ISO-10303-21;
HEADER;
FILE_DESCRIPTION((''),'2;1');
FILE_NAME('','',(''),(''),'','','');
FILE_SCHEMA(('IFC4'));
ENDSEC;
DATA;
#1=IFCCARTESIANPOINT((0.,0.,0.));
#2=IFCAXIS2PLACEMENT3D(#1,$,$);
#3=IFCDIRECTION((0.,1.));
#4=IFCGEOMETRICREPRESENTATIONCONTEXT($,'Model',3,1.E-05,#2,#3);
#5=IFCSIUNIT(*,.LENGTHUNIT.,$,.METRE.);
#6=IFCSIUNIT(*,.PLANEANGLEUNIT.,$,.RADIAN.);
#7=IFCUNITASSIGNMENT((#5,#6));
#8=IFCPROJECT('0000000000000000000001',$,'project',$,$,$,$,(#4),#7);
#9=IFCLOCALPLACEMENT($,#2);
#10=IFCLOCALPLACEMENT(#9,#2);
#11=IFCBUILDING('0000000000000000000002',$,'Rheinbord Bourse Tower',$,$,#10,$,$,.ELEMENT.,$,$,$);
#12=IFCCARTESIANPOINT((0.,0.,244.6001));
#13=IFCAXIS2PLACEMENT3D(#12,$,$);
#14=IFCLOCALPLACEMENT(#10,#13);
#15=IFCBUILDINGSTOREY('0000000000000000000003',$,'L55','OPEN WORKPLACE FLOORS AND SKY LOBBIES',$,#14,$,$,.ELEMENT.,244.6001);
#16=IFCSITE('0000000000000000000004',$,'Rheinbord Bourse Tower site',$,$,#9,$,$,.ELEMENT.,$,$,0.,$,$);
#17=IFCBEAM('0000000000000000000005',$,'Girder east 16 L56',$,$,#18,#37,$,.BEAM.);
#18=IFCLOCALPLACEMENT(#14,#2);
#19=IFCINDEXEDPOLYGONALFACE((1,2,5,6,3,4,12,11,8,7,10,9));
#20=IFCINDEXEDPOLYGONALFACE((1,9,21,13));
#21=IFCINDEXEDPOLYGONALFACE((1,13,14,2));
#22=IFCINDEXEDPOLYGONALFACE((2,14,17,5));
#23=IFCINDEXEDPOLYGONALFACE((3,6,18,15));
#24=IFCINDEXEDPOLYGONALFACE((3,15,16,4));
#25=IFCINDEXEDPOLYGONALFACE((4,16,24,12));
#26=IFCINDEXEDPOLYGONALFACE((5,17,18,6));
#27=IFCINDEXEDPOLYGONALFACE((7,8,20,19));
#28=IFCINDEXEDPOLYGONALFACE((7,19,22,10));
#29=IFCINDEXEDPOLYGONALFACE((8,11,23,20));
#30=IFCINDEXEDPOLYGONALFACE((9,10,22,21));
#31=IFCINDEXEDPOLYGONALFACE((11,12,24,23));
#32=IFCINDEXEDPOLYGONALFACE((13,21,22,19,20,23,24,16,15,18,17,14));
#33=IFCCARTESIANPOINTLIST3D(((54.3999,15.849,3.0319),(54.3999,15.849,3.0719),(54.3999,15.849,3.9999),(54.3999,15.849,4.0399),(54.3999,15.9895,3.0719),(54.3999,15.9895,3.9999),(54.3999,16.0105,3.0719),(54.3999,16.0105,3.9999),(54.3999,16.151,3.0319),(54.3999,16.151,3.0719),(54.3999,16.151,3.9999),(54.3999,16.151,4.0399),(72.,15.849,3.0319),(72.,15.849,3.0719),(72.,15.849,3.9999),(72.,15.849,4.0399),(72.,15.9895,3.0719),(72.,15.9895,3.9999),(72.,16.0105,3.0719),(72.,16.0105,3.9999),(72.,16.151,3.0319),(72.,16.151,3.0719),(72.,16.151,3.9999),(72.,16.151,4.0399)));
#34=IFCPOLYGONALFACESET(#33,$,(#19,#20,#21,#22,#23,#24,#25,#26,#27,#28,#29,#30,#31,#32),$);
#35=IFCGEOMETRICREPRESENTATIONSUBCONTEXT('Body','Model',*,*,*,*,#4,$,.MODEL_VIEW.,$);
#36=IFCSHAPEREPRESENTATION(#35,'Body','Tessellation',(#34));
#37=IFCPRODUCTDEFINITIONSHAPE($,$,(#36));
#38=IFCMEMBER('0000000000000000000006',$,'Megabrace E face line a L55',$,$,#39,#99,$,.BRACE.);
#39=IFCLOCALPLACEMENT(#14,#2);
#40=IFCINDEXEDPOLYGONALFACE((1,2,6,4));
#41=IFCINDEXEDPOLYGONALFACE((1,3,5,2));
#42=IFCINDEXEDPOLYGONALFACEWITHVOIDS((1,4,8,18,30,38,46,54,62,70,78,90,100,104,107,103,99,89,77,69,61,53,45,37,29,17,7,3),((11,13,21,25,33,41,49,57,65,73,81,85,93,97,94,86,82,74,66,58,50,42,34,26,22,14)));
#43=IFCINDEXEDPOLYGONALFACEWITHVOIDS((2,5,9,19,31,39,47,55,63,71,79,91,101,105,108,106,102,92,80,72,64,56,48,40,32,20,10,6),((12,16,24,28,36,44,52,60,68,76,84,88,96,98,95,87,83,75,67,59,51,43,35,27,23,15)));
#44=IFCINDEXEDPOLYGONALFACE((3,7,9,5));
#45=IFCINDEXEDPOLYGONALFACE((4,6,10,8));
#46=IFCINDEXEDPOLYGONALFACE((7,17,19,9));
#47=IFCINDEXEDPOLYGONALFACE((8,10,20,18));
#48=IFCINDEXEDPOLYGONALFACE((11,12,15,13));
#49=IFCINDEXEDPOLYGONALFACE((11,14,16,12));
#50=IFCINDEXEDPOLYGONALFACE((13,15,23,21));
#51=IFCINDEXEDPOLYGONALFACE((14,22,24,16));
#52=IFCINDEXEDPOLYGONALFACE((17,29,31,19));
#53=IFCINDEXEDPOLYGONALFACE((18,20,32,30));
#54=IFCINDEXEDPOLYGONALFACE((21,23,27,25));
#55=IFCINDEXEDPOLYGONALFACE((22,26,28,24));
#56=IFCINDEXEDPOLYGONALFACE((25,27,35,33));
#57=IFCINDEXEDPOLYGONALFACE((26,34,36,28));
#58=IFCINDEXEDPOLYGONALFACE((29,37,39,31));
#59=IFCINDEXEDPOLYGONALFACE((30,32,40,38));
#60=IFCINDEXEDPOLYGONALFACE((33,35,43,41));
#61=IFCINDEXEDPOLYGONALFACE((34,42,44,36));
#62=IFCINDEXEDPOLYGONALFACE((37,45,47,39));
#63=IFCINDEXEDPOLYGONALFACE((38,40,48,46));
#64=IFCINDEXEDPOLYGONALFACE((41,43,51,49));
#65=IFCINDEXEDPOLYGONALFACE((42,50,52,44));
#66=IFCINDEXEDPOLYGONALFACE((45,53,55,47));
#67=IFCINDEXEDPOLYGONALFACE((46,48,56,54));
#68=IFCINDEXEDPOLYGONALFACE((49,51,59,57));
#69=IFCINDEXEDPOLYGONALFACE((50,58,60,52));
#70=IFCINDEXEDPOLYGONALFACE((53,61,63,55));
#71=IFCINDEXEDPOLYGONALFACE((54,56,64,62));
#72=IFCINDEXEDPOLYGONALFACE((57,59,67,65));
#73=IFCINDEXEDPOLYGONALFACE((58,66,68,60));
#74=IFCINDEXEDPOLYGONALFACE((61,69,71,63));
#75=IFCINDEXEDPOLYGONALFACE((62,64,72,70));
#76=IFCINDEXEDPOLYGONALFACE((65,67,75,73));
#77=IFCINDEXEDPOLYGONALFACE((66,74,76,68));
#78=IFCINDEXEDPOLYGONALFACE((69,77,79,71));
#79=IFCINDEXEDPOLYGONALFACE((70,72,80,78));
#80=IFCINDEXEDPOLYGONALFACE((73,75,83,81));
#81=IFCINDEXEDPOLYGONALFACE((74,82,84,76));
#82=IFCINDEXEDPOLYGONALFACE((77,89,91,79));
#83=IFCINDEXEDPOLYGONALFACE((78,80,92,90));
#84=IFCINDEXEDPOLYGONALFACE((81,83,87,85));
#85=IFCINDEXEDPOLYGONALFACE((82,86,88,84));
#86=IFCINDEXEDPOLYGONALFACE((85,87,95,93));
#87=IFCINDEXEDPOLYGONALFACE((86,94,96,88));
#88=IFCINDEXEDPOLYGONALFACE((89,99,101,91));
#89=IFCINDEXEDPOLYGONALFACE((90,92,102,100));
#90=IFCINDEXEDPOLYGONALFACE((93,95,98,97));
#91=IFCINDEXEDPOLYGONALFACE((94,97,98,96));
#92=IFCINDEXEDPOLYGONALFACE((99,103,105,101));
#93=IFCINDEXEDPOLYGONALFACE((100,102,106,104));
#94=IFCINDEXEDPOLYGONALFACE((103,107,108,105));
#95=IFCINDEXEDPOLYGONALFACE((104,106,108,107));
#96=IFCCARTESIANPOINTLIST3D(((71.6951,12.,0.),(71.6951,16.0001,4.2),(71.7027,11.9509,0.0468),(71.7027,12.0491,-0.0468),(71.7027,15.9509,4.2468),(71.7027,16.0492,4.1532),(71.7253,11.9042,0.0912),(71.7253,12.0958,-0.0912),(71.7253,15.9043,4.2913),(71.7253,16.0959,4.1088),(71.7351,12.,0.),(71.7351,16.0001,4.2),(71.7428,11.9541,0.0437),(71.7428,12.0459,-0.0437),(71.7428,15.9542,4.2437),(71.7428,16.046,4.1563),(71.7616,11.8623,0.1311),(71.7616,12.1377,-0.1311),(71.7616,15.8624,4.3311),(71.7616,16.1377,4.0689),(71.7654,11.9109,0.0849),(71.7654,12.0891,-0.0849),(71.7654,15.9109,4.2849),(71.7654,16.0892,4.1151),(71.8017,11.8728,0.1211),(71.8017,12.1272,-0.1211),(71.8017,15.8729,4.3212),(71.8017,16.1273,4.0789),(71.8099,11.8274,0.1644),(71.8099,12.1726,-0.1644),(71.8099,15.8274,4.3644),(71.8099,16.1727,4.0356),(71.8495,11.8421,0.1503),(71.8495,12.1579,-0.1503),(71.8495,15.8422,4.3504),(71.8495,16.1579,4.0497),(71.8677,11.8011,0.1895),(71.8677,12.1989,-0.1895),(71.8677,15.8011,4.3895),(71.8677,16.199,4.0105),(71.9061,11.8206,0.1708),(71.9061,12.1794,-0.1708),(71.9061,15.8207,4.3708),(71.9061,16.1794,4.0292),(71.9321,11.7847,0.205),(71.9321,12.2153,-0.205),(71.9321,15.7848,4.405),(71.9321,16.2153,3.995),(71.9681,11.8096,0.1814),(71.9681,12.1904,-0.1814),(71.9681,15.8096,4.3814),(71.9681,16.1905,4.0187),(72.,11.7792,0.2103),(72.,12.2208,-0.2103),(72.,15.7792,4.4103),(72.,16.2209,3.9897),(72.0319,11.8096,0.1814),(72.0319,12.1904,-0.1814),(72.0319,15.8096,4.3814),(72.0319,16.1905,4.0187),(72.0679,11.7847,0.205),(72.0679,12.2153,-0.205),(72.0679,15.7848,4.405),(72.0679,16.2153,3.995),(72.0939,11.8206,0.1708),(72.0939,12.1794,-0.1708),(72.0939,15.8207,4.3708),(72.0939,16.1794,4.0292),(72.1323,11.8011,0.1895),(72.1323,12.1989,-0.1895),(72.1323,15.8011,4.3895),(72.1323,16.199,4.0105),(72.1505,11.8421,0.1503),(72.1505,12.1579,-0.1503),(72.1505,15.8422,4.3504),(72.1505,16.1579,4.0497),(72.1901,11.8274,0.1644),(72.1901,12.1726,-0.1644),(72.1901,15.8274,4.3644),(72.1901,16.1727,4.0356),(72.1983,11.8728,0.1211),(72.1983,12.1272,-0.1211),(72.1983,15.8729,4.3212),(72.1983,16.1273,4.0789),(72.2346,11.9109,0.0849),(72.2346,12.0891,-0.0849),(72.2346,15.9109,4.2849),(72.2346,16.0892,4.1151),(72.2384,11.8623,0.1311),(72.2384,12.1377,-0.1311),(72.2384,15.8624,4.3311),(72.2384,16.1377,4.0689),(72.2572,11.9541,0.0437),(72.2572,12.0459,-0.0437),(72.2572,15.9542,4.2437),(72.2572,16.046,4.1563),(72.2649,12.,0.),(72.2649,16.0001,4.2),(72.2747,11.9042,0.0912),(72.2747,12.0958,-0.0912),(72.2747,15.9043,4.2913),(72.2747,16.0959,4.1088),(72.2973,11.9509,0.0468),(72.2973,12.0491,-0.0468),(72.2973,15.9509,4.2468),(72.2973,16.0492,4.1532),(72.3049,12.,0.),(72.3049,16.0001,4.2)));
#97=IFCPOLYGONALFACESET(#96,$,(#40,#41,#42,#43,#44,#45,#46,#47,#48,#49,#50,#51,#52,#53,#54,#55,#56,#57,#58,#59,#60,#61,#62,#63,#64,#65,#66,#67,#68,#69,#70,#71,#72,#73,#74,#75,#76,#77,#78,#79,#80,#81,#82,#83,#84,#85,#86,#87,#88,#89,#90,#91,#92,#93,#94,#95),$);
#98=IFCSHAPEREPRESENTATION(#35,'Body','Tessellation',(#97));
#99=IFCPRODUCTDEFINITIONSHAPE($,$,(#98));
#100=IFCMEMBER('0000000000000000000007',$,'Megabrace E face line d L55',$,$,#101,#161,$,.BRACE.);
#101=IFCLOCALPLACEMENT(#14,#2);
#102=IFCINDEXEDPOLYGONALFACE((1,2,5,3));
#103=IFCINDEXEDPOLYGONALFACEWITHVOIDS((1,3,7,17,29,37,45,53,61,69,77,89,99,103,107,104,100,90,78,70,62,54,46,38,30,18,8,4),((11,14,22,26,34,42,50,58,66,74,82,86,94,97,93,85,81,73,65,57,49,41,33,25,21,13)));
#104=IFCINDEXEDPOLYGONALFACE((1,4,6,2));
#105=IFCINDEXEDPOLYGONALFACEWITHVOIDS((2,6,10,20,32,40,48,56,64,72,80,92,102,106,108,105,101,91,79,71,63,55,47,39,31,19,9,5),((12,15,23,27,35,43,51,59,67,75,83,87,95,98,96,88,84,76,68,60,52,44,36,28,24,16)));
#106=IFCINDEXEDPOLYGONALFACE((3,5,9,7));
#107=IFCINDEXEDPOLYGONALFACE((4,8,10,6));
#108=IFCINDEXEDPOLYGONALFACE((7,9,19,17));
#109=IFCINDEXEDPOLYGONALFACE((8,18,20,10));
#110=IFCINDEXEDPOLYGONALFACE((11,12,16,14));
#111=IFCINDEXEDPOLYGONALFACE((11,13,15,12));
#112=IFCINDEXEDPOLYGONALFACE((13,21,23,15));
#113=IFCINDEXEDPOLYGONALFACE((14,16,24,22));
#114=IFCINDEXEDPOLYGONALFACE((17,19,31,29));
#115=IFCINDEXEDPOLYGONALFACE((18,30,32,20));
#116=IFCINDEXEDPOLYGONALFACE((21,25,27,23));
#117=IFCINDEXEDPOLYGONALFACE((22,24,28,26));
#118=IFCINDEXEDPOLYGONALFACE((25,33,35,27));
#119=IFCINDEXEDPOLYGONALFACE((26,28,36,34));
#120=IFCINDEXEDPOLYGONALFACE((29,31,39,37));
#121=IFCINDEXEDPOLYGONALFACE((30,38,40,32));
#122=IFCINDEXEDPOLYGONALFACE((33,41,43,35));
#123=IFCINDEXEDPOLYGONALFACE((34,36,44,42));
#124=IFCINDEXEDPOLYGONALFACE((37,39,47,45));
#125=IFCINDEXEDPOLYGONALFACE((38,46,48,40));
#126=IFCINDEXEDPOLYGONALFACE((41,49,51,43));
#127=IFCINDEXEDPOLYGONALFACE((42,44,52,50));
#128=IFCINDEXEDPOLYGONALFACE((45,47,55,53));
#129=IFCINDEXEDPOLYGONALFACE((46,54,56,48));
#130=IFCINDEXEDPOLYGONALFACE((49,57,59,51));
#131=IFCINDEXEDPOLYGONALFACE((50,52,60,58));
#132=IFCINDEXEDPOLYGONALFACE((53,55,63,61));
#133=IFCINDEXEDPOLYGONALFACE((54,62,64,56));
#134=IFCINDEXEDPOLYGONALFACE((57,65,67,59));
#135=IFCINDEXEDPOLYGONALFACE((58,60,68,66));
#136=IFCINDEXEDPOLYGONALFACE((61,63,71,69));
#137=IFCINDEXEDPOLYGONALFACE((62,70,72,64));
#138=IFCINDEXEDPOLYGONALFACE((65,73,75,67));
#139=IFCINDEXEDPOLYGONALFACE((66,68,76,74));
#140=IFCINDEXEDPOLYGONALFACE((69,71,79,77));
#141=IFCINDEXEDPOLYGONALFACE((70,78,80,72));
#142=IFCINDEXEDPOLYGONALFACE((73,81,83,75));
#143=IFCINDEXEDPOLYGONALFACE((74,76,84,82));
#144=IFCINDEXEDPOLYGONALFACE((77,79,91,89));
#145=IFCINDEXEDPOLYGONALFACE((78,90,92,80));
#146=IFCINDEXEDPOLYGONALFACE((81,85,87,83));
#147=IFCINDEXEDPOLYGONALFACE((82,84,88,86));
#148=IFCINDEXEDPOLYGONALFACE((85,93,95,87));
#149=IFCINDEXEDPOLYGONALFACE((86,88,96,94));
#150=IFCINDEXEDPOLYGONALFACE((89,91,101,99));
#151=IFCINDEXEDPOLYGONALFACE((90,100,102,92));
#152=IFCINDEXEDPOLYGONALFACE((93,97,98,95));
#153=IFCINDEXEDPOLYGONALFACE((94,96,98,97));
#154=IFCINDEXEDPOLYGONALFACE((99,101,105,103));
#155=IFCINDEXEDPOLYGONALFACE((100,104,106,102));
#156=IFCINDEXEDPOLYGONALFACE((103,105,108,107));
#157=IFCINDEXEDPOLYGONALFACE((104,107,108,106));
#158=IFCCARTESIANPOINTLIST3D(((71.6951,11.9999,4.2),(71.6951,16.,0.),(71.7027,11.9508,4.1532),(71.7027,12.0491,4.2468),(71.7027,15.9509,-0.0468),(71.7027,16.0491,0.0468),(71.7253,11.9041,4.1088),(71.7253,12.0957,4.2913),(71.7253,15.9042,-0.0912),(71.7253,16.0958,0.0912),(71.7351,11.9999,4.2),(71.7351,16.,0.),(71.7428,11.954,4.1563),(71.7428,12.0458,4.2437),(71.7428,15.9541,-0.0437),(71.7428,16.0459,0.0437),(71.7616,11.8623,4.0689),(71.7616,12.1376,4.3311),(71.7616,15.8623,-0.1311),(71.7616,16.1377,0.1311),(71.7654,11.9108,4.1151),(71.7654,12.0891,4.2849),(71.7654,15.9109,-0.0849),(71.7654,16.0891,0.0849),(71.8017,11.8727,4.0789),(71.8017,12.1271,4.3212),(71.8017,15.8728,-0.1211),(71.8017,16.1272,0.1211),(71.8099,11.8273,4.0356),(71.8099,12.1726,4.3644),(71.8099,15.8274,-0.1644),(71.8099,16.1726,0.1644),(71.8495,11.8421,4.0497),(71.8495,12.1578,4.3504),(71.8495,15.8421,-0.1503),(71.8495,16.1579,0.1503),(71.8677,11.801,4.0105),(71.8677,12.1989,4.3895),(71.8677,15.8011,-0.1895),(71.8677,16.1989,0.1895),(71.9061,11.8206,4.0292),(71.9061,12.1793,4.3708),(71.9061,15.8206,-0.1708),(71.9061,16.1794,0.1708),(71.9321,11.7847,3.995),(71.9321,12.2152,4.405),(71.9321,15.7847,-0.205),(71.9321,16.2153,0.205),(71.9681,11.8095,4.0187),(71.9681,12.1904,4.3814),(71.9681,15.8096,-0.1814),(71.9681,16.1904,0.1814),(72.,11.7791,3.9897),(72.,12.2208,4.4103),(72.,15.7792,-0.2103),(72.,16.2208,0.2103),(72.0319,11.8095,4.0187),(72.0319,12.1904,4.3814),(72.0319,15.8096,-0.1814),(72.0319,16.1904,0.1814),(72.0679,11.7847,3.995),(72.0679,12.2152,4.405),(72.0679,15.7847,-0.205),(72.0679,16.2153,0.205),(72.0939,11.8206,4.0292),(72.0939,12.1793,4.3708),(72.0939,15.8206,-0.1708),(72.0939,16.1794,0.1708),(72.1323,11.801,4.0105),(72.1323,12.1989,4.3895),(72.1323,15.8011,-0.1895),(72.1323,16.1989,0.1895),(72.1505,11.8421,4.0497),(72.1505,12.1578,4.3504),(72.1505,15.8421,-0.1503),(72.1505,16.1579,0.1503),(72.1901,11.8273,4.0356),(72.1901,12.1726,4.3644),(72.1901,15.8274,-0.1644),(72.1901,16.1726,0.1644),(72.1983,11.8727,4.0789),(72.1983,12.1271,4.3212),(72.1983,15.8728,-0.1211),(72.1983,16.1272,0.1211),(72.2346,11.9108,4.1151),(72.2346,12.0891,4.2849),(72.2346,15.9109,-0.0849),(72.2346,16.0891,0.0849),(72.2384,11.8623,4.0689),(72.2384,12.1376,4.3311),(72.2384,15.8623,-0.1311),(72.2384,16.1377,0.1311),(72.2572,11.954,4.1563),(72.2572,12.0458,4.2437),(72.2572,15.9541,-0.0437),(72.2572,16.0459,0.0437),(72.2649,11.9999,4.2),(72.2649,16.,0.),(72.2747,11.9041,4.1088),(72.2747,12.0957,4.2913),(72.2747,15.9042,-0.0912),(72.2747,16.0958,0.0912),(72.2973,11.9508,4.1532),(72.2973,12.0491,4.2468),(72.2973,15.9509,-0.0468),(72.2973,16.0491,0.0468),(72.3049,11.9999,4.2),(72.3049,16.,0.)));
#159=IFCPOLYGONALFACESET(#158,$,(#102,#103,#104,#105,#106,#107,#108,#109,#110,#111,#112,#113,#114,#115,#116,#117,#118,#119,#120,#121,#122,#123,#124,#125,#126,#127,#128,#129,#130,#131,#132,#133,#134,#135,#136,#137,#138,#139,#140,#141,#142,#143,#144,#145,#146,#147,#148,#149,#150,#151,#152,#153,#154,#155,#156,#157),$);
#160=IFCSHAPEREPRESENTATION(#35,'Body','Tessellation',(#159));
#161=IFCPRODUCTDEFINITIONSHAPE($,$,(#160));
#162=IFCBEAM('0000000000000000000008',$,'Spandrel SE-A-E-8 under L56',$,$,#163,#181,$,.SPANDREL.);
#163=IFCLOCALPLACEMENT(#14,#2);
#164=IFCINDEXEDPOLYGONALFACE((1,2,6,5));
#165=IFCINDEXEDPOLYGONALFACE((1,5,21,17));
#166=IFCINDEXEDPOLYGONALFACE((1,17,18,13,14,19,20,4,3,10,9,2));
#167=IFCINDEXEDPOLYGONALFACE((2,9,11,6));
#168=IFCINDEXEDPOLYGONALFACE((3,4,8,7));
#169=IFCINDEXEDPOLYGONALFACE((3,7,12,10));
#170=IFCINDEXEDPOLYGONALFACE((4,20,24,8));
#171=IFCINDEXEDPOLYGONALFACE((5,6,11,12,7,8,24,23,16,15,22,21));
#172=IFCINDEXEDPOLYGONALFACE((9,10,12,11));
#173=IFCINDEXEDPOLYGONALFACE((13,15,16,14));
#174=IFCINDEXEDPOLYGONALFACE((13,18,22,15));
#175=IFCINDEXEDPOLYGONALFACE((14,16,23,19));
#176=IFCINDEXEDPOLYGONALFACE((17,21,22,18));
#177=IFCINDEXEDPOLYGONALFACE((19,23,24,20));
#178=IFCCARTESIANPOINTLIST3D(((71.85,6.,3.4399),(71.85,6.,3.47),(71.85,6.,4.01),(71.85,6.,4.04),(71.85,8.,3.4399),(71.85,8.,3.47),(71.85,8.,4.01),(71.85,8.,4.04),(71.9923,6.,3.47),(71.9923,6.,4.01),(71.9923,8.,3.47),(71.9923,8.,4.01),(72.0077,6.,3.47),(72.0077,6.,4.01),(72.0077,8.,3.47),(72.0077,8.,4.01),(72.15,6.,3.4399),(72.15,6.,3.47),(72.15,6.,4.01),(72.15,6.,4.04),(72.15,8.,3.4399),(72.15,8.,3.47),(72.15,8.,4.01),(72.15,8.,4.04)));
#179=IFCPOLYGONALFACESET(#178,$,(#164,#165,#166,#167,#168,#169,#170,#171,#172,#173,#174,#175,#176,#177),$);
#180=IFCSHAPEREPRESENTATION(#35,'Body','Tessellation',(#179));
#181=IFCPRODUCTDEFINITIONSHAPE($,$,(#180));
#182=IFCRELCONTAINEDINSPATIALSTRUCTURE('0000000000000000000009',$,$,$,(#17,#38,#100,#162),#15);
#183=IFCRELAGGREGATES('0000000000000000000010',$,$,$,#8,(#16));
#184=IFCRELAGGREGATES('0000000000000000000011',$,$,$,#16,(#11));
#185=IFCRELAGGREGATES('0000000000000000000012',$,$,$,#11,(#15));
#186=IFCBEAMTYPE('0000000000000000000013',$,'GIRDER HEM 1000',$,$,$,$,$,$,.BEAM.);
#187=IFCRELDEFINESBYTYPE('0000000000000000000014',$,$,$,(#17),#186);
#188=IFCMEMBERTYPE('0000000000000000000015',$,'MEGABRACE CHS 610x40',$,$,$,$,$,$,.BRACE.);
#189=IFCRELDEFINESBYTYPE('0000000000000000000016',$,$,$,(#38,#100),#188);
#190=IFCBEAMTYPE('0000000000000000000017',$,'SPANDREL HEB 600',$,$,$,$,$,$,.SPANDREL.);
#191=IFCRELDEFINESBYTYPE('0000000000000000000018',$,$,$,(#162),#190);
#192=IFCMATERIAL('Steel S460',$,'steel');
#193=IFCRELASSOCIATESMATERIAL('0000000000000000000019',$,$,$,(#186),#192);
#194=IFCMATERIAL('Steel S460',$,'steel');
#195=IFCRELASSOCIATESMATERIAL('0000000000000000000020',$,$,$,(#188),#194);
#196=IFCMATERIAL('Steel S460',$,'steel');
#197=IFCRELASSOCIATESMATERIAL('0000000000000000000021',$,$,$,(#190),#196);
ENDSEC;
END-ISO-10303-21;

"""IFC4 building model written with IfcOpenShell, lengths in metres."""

from ifc_helpers import new_model, si_unit, direction, frame, origin, origin_2d, place, context, subcontext, project, spatial, hollow_circle, i_section, extrude, material, material_profile, profile_set, type_object, element, save


model = new_model("IFC4")

# Units and contexts
model_context = context("Model", 3, precision=1e-05, world=origin(), true_north=direction((0.0, 1.0)))
body_context = subcontext(model_context, "Body", "Model", "MODEL_VIEW")
ifc_project = project(units=[si_unit("LENGTHUNIT", "METRE"), si_unit("PLANEANGLEUNIT", "RADIAN")], contexts=[model_context])

# Site, building, storey
site_placement = place(None, origin())
site = spatial("IfcSite", under=ifc_project, at=site_placement, Name="Rheinbord Bourse Tower site", CompositionType="ELEMENT", RefElevation=0.0)
building_placement = place(site_placement, origin())
building = spatial("IfcBuilding", under=site, at=building_placement, Name="Rheinbord Bourse Tower", CompositionType="ELEMENT")
storey_placement = place(building_placement, frame((0.0, 0.0, 244.6001)))
storey = spatial("IfcBuildingStorey", under=building, at=storey_placement, Name="L55", Description="OPEN WORKPLACE FLOORS AND SKY LOBBIES", CompositionType="ELEMENT", Elevation=244.6001)

# Beam
ifc_material_1 = material(Name="Steel S460", Category="steel")
ifc_material_profile_1 = material_profile(ifc_material_1, i_section(OverallWidth=0.302, OverallDepth=1.0081, WebThickness=0.021, FlangeThickness=0.04, at=origin_2d()), Name="HEM 1000")
ifc_profile_set_1 = profile_set([ifc_material_profile_1], Name="Steel S460")
beam_type_1 = type_object("IfcBeamType", Name="GIRDER HEM 1000", PredefinedType="BEAM", material=ifc_profile_set_1)
beam_1_placement = place(storey_placement, frame((54.3999, 16.0, 3.5359), z_axis=(1.0, 0.0, 0.0), x_axis=(0.0, 1.0, 0.0)))
element("IfcBeam", 1, at=beam_1_placement, inside=storey, type_object=beam_type_1, Name="Girder east 16 L56", PredefinedType="BEAM", context=body_context, shape_type="SweptSolid", body=[
    extrude(i_section(OverallWidth=0.302, OverallDepth=1.0081, WebThickness=0.021, FlangeThickness=0.04, at=origin_2d()), origin(), (0.0, 0.0, 1.0), 17.6001),
])

# Members
ifc_material_2 = material(Name="Steel S460", Category="steel")
ifc_material_profile_2 = material_profile(ifc_material_2, hollow_circle(Radius=0.3049, WallThickness=0.04, at=origin_2d()), Name="CHS 610x40")
ifc_profile_set_2 = profile_set([ifc_material_profile_2], Name="Steel S460")
member_type_1 = type_object("IfcMemberType", Name="MEGABRACE CHS 610x40", PredefinedType="BRACE", material=ifc_profile_set_2)
for number, where, z_axis, x_axis, name in (
    (2, (72.0, 12.0, 0.0), (0.0, 0.689659, 0.724134), (-1.0, 0.0, 0.0), "Megabrace E face line a L55"),
    (3, (72.0, 16.0, 0.0), (0.0, -0.689659, 0.724134), (1.0, 0.0, 0.0), "Megabrace E face line d L55"),
):
    element("IfcMember", number, at=place(storey_placement, frame(where, z_axis=z_axis, x_axis=x_axis)), inside=storey, type_object=member_type_1, Name=name, PredefinedType="BRACE", context=body_context, shape_type="SweptSolid", body=[
        extrude(hollow_circle(Radius=0.3049, WallThickness=0.04, at=origin_2d()), origin(), (0.0, 0.0, 1.0), 5.8),
    ])

# Beam
ifc_material_3 = material(Name="Steel S460", Category="steel")
ifc_material_profile_3 = material_profile(ifc_material_3, i_section(OverallWidth=0.3, OverallDepth=0.6001, WebThickness=0.0154, FlangeThickness=0.03, at=origin_2d()), Name="HEB 600")
ifc_profile_set_3 = profile_set([ifc_material_profile_3], Name="Steel S460")
beam_type_2 = type_object("IfcBeamType", Name="SPANDREL HEB 600", PredefinedType="SPANDREL", material=ifc_profile_set_3)
beam_2_placement = place(storey_placement, frame((72.0, 6.0, 3.74), z_axis=(0.0, 1.0, 0.0), x_axis=(-1.0, 0.0, 0.0)))
element("IfcBeam", 4, at=beam_2_placement, inside=storey, type_object=beam_type_2, Name="Spandrel SE-A-E-8 under L56", PredefinedType="SPANDREL", context=body_context, shape_type="SweptSolid", body=[
    extrude(i_section(OverallWidth=0.3, OverallDepth=0.6001, WebThickness=0.0154, FlangeThickness=0.03, at=origin_2d()), origin(), (0.0, 0.0, 1.0), 2.0),
])

save(model, "model.ifc")
